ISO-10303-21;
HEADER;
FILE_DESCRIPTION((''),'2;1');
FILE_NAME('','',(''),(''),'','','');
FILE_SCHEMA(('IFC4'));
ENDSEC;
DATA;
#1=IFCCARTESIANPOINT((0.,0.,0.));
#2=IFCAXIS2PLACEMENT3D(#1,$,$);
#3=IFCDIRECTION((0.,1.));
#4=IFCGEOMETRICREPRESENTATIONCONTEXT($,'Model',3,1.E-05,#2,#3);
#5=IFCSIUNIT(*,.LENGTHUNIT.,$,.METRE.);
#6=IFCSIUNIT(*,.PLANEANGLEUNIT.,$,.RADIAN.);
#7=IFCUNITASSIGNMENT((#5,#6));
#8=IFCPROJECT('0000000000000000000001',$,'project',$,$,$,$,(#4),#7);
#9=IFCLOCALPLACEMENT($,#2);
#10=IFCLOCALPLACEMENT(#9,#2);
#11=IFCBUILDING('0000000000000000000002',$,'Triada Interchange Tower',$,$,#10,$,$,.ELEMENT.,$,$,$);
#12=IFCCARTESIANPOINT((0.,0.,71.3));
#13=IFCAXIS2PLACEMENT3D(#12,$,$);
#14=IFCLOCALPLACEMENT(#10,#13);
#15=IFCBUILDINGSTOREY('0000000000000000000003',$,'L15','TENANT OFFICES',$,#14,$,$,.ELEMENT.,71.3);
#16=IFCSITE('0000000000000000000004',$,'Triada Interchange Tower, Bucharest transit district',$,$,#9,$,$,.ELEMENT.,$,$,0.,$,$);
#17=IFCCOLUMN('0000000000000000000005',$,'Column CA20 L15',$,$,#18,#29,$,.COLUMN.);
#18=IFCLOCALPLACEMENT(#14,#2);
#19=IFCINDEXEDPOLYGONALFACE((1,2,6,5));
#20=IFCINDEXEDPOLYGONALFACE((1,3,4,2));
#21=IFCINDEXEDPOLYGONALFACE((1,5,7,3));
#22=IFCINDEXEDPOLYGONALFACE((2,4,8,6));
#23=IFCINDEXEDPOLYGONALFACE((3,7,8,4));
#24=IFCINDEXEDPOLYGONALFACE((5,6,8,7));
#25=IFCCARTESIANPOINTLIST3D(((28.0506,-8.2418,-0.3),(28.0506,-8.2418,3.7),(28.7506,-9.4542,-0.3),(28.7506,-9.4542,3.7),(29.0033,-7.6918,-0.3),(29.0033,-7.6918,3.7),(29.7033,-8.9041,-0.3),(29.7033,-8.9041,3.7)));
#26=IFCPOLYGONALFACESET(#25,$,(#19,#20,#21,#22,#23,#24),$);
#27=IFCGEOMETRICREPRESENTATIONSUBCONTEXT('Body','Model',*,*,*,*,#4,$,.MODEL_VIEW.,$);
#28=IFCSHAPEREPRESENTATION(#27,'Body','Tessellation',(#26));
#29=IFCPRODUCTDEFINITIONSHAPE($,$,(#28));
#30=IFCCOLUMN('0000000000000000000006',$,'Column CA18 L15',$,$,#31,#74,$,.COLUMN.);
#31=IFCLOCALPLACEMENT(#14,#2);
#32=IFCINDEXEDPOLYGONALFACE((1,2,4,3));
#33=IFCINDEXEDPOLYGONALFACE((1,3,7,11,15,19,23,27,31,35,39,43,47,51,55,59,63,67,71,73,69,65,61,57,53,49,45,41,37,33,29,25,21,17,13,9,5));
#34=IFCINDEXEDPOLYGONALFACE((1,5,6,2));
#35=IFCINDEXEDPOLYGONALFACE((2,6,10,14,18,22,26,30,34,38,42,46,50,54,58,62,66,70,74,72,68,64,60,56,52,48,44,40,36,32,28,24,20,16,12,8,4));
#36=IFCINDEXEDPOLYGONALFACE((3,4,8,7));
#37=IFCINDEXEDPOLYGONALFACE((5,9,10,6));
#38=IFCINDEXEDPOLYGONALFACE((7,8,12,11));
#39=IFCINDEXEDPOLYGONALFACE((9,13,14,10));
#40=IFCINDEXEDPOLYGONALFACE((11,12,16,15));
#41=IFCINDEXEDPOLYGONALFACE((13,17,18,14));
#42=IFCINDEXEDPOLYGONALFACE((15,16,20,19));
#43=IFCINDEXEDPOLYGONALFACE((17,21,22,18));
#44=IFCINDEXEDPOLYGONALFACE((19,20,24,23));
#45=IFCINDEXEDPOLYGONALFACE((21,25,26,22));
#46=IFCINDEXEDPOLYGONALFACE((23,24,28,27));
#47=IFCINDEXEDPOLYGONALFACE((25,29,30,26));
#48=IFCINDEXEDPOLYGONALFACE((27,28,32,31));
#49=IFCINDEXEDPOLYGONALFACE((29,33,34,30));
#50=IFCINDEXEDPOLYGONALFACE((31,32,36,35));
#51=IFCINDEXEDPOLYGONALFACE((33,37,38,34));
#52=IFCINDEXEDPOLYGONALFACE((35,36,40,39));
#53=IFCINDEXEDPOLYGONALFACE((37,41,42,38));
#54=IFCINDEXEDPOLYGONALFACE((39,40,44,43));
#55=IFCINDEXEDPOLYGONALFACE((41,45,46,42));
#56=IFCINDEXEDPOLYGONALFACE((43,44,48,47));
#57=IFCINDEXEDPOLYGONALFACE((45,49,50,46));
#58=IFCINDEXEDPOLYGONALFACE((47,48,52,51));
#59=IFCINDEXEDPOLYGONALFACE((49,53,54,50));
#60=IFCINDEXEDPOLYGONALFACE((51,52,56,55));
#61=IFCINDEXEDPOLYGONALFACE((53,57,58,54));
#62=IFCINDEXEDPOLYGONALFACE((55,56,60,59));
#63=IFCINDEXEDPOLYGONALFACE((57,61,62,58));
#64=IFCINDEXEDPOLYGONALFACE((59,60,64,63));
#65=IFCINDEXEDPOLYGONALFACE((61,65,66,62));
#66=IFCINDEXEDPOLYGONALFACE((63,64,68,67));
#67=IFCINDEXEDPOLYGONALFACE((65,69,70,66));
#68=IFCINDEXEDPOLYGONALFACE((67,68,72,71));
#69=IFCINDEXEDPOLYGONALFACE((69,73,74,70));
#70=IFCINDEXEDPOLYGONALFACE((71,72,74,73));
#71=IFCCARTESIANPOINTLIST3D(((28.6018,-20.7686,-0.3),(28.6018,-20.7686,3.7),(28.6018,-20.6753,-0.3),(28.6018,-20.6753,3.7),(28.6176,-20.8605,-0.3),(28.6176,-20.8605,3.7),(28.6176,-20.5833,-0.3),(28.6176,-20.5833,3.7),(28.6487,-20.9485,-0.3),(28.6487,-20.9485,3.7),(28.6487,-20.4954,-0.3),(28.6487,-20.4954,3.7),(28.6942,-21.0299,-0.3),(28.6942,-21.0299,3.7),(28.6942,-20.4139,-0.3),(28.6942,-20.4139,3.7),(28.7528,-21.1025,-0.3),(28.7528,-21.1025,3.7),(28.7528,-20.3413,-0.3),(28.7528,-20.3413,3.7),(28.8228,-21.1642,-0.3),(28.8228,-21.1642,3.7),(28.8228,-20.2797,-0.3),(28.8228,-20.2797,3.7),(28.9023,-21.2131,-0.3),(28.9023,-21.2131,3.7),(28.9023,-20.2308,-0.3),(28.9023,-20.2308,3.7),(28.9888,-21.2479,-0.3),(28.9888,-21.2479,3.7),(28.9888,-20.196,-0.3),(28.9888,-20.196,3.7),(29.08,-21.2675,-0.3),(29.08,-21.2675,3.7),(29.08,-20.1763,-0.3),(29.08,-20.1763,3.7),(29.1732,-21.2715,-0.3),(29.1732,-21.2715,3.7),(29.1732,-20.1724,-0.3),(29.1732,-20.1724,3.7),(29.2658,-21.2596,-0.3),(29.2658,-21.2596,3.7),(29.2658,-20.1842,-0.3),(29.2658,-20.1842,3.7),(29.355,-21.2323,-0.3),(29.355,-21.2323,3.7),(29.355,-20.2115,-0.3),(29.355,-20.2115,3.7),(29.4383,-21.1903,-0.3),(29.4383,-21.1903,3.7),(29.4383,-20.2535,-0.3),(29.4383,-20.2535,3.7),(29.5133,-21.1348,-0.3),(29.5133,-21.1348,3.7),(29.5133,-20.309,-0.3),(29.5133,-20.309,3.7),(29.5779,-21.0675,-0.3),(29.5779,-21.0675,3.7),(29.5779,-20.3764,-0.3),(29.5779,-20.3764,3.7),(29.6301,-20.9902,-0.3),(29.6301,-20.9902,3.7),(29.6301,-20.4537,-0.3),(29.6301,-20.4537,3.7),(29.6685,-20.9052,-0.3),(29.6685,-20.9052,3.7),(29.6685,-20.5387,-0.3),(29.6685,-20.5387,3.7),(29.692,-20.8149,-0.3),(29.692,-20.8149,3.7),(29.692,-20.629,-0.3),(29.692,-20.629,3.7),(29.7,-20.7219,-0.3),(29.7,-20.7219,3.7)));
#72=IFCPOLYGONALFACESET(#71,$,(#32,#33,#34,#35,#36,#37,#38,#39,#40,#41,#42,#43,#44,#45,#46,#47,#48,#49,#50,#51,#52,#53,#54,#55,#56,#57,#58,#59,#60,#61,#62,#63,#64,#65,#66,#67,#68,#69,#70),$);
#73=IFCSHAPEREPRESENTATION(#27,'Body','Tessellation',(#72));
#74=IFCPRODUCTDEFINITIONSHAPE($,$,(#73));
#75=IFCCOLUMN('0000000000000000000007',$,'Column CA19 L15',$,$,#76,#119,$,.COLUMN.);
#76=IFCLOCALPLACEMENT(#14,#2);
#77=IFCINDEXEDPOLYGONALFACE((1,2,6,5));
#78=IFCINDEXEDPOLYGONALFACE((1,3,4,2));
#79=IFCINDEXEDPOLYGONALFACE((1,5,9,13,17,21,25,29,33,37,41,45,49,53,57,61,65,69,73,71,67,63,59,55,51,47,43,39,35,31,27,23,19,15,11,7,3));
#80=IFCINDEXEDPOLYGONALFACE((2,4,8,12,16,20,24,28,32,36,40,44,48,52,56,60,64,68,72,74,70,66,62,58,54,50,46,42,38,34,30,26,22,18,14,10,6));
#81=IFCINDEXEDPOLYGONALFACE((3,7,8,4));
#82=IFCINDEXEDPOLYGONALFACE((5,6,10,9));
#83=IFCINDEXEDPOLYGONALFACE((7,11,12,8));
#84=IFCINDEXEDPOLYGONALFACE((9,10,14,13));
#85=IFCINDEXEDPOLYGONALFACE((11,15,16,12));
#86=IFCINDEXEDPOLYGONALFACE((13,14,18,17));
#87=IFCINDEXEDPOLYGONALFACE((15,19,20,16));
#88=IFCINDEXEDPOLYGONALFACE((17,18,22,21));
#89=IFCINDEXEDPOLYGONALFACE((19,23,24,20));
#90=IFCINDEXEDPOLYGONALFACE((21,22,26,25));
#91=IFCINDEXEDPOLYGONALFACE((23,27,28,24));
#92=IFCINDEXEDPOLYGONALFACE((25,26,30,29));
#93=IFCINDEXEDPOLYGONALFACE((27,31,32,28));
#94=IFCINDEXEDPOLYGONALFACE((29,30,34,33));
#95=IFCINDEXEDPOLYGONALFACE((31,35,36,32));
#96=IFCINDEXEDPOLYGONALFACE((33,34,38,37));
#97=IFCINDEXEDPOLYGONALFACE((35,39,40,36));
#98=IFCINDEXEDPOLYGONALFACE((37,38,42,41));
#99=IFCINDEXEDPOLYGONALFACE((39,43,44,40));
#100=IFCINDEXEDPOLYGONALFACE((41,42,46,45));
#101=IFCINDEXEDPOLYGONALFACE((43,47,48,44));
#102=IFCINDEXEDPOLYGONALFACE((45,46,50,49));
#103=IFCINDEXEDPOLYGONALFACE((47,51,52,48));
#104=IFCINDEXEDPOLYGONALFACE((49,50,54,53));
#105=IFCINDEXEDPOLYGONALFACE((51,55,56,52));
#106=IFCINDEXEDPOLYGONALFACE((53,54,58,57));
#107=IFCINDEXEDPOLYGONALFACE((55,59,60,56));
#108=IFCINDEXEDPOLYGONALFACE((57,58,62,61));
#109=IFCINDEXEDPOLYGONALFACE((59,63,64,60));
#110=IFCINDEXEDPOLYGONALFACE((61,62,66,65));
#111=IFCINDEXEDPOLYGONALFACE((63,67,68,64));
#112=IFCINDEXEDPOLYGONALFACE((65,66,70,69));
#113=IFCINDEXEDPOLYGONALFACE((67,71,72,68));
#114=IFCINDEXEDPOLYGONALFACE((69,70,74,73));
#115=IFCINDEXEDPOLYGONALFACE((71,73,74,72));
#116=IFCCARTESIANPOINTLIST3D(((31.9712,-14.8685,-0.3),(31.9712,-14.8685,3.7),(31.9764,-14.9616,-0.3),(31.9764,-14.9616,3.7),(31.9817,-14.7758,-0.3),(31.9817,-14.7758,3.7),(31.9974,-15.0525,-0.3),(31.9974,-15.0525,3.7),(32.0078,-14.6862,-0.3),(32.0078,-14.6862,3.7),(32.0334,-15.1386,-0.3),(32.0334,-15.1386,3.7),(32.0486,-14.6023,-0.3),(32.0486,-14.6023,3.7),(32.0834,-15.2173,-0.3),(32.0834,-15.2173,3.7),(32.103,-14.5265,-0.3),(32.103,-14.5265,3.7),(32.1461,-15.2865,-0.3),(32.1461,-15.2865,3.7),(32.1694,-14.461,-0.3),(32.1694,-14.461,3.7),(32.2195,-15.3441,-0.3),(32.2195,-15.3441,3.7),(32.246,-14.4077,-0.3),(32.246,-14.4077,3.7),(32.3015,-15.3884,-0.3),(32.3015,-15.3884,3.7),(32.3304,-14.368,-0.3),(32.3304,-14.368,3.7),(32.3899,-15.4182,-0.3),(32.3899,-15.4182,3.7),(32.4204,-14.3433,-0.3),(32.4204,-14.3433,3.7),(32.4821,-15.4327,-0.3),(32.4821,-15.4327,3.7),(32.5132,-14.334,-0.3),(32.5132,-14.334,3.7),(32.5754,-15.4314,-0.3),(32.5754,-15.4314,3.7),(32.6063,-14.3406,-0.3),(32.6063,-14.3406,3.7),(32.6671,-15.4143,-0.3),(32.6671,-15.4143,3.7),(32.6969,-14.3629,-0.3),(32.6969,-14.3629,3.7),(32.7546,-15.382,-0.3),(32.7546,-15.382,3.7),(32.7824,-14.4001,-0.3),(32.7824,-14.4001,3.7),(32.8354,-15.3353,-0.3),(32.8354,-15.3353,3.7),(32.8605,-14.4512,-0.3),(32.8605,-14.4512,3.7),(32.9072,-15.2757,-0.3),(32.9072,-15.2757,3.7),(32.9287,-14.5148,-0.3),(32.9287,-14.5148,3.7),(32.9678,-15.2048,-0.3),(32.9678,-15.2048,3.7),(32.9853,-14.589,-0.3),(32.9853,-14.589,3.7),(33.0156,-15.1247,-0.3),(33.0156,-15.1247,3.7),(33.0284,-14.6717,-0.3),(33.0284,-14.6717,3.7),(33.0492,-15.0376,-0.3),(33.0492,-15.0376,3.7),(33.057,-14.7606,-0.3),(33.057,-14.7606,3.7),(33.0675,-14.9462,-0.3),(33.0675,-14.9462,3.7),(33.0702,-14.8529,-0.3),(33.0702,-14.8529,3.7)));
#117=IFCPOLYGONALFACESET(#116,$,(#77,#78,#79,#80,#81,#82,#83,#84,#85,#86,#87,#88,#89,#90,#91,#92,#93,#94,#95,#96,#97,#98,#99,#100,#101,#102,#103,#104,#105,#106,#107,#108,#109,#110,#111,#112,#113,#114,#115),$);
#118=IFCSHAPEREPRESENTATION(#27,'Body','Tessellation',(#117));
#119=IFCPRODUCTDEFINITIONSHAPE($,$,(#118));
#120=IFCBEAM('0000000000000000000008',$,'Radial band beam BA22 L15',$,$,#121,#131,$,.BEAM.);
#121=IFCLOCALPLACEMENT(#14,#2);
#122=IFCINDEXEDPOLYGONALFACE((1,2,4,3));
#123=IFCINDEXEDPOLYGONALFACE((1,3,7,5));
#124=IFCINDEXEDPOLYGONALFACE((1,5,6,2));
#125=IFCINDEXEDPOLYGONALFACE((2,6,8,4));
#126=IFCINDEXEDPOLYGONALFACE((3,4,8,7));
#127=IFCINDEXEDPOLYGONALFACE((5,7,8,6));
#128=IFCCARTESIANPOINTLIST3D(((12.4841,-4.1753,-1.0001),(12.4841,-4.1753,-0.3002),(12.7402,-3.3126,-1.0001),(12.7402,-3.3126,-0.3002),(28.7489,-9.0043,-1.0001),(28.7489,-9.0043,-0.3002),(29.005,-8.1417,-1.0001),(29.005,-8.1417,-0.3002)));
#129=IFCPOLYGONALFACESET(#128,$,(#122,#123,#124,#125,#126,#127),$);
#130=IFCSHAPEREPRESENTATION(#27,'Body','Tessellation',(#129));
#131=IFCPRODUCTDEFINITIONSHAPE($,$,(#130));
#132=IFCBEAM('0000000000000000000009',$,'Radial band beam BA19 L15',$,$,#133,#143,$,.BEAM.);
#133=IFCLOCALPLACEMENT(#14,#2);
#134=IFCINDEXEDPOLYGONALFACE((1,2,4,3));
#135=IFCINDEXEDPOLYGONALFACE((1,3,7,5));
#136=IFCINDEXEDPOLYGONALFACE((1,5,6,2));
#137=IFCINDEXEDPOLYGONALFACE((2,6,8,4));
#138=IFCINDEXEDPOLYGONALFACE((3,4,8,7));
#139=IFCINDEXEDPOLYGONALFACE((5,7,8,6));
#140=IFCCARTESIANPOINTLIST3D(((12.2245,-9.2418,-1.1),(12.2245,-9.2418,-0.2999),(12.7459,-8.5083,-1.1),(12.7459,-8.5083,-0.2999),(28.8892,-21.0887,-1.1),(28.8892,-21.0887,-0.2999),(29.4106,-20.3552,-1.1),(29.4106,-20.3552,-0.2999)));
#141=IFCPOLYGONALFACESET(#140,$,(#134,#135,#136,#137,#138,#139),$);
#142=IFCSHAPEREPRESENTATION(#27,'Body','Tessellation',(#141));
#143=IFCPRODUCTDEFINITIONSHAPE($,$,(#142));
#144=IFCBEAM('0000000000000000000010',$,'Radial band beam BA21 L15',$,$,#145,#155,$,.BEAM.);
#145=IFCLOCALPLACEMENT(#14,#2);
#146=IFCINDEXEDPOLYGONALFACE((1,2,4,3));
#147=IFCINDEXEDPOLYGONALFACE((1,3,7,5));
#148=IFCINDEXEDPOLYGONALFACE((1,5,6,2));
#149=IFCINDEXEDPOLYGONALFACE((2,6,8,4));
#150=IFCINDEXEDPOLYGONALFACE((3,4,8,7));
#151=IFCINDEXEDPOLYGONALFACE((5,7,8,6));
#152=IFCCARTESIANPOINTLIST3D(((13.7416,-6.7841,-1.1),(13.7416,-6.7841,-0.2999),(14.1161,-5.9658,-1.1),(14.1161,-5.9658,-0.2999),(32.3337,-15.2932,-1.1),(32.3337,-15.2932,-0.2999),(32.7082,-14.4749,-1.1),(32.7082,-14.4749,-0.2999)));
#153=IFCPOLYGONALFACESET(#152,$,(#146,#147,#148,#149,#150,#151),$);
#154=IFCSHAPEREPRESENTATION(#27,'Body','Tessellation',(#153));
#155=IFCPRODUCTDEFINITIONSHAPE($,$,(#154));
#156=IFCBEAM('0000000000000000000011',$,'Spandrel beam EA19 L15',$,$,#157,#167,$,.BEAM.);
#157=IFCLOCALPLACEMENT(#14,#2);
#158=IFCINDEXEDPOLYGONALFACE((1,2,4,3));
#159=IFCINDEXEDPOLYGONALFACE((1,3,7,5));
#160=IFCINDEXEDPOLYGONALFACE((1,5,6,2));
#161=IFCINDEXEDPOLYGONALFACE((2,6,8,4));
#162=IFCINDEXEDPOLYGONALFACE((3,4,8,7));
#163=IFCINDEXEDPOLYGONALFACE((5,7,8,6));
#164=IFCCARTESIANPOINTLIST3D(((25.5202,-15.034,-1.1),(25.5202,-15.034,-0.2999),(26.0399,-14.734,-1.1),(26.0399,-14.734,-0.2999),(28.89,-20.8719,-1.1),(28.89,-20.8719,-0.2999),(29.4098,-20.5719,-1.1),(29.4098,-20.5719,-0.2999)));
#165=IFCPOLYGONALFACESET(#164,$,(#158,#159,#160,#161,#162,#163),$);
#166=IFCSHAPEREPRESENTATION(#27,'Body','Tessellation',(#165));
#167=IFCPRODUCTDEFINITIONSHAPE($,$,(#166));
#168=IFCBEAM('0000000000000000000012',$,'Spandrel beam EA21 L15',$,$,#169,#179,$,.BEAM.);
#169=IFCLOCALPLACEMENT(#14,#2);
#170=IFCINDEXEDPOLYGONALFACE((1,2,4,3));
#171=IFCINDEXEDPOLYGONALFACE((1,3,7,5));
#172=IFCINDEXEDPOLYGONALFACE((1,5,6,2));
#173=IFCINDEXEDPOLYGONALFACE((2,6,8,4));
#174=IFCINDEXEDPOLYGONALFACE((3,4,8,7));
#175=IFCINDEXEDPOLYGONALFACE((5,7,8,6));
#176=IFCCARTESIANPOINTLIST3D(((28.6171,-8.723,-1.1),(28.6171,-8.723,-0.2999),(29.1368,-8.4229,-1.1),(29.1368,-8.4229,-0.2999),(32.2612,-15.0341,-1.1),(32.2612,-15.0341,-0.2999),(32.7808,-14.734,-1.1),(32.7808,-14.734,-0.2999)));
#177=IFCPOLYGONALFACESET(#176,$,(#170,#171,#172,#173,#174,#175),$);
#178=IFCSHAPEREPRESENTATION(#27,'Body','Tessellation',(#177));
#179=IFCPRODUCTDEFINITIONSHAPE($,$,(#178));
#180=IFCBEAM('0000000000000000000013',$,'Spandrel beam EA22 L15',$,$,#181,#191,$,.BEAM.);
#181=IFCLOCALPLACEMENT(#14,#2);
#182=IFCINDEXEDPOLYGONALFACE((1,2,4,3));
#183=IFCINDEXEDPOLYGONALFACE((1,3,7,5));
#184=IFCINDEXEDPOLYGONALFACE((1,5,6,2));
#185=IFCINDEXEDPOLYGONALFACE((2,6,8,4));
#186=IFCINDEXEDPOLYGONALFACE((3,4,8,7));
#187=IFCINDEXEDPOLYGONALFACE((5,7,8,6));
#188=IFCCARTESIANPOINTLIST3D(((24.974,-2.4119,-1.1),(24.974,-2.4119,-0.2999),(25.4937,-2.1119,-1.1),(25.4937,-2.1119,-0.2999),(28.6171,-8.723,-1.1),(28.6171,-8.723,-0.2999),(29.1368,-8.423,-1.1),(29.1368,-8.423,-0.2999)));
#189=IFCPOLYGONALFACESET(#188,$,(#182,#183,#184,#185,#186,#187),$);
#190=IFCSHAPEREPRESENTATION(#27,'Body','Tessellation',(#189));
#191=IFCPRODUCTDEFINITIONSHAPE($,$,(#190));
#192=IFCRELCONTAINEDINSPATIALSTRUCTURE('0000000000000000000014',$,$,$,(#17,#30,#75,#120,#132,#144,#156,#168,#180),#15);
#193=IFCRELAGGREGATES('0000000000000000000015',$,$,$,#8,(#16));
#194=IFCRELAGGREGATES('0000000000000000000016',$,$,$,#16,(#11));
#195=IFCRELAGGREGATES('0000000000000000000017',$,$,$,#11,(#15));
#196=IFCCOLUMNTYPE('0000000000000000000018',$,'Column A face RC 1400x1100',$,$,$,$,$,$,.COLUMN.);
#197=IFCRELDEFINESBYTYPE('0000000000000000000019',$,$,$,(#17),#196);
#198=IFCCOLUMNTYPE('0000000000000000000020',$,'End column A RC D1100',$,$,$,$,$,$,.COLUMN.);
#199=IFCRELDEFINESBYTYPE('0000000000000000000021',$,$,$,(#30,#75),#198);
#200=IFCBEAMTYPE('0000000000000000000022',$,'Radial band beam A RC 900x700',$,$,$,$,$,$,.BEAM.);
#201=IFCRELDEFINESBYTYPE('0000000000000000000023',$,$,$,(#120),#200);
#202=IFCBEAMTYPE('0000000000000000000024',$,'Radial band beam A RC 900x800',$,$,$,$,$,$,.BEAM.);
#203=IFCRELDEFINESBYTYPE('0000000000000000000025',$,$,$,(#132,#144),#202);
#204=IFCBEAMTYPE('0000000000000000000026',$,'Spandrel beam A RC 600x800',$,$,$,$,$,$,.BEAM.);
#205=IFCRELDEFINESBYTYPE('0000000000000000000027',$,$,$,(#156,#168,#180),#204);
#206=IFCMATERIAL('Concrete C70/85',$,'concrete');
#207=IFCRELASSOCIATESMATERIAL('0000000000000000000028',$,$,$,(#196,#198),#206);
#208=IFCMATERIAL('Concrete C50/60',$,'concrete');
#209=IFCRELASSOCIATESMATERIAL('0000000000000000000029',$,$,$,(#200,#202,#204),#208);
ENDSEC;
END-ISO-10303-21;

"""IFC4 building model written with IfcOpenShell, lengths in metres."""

from ifc_helpers import new_model, si_unit, direction, frame, origin, origin_2d, place, context, subcontext, project, spatial, rectangle, circle, extrude, material, material_profile, profile_set, type_object, element, save


model = new_model("IFC4")

# Units and contexts
model_context = context("Model", 3, precision=1e-05, world=origin(), true_north=direction((0.0, 1.0)))
body_context = subcontext(model_context, "Body", "Model", "MODEL_VIEW")
ifc_project = project(units=[si_unit("LENGTHUNIT", "METRE"), si_unit("PLANEANGLEUNIT", "RADIAN")], contexts=[model_context])

# Site, building, storey
site_placement = place(None, origin())
site = spatial("IfcSite", under=ifc_project, at=site_placement, Name="Triada Interchange Tower, Bucharest transit district", CompositionType="ELEMENT", RefElevation=0.0)
building_placement = place(site_placement, origin())
building = spatial("IfcBuilding", under=site, at=building_placement, Name="Triada Interchange Tower", CompositionType="ELEMENT")
storey_placement = place(building_placement, frame((0.0, 0.0, 71.3)))
storey = spatial("IfcBuildingStorey", under=building, at=storey_placement, Name="L15", Description="TENANT OFFICES", CompositionType="ELEMENT", Elevation=71.3)

# Columns
ifc_material_1 = material(Name="Concrete C70/85", Category="concrete")
ifc_material_profile_1 = material_profile(ifc_material_1, rectangle(XDim=1.3999, YDim=1.1001, at=origin_2d()), Name="RC 1400x1100")
ifc_profile_set_1 = profile_set([ifc_material_profile_1], Name="Concrete C70/85")
column_type_1 = type_object("IfcColumnType", Name="Column A face RC 1400x1100", PredefinedType="COLUMN", material=ifc_profile_set_1)
column_placement = place(storey_placement, frame((28.877, -8.573, -0.3), z_axis=(0.0, 0.0, 1.0), x_axis=(-0.5, 0.866025, 0.0)))
element("IfcColumn", 1, at=column_placement, inside=storey, type_object=column_type_1, Name="Column CA20 L15", PredefinedType="COLUMN", context=body_context, shape_type="SweptSolid", body=[
    extrude(rectangle(XDim=1.3999, YDim=1.1001, at=origin_2d()), origin(), (0.0, 0.0, 1.0), 4.0),
])
ifc_material_profile_2 = material_profile(ifc_material_1, circle(Radius=0.55, at=origin_2d()), Name="RC D1100")
ifc_profile_set_2 = profile_set([ifc_material_profile_2], Name="Concrete C70/85")
column_type_2 = type_object("IfcColumnType", Name="End column A RC D1100", PredefinedType="COLUMN", material=ifc_profile_set_2)
for number, where, z_axis, x_axis, name in (
    (2, (29.1499, -20.7219, -0.3), (0.0, 0.0, 1.0), (1.0, 0.0, 0.0), "Column CA18 L15"),
    (3, (32.521, -14.884, -0.3), (0.0, 0.0, 1.0), (-0.5, 0.866025, 0.0), "Column CA19 L15"),
):
    element("IfcColumn", number, at=place(storey_placement, frame(where, z_axis=z_axis, x_axis=x_axis)), inside=storey, type_object=column_type_2, Name=name, PredefinedType="COLUMN", context=body_context, shape_type="SweptSolid", body=[
        extrude(circle(Radius=0.55, at=origin_2d()), origin(), (0.0, 0.0, 1.0), 4.0),
    ])

# Beams
ifc_material_2 = material(Name="Concrete C50/60", Category="concrete")
ifc_material_profile_3 = material_profile(ifc_material_2, rectangle(XDim=0.8999, YDim=0.7, at=origin_2d()), Name="RC 900x700")
ifc_profile_set_3 = profile_set([ifc_material_profile_3], Name="Concrete C50/60")
beam_type_1 = type_object("IfcBeamType", Name="Radial band beam A RC 900x700", PredefinedType="BEAM", material=ifc_profile_set_3)
beam_1_placement = place(storey_placement, frame((28.877, -8.573, -0.6501), z_axis=(-0.958639, 0.284623, 0.0), x_axis=(-0.284623, -0.958639, 0.0)))
element("IfcBeam", 4, at=beam_1_placement, inside=storey, type_object=beam_type_1, Name="Radial band beam BA22 L15", PredefinedType="BEAM", context=body_context, shape_type="SweptSolid", body=[
    extrude(rectangle(XDim=0.8999, YDim=0.7, at=origin_2d()), origin(), (0.0, 0.0, 1.0), 16.9666),
])
ifc_material_profile_4 = material_profile(ifc_material_2, rectangle(XDim=0.8999, YDim=0.8, at=origin_2d()), Name="RC 900x800")
ifc_profile_set_4 = profile_set([ifc_material_profile_4], Name="Concrete C50/60")
beam_type_2 = type_object("IfcBeamType", Name="Radial band beam A RC 900x800", PredefinedType="BEAM", material=ifc_profile_set_4)
beam_2_placement = place(storey_placement, frame((29.1499, -20.7219, -0.7), z_axis=(-0.815038, 0.579407, 0.0), x_axis=(-0.579407, -0.815038, 0.0)))
element("IfcBeam", 5, at=beam_2_placement, inside=storey, type_object=beam_type_2, Name="Radial band beam BA19 L15", PredefinedType="BEAM", context=body_context, shape_type="SweptSolid", body=[
    extrude(rectangle(XDim=0.8999, YDim=0.8, at=origin_2d()), origin(), (0.0, 0.0, 1.0), 20.4465),
])
beam_3_placement = place(storey_placement, frame((32.521, -14.884, -0.7), z_axis=(-0.909293, 0.416157, 0.0), x_axis=(-0.416157, -0.909293, 0.0)))
element("IfcBeam", 6, at=beam_3_placement, inside=storey, type_object=beam_type_2, Name="Radial band beam BA21 L15", PredefinedType="BEAM", context=body_context, shape_type="SweptSolid", body=[
    extrude(rectangle(XDim=0.8999, YDim=0.8, at=origin_2d()), origin(), (0.0, 0.0, 1.0), 20.4468),
])
ifc_material_profile_5 = material_profile(ifc_material_2, rectangle(XDim=0.6001, YDim=0.8, at=origin_2d()), Name="RC 600x800")
ifc_profile_set_5 = profile_set([ifc_material_profile_5], Name="Concrete C50/60")
beam_type_3 = type_object("IfcBeamType", Name="Spandrel beam A RC 600x800", PredefinedType="BEAM", material=ifc_profile_set_5)
beam_4_placement = place(storey_placement, frame((29.1499, -20.7219, -0.7), z_axis=(-0.499929, 0.866066, 0.0), x_axis=(-0.866066, -0.499929, 0.0)))
element("IfcBeam", 7, at=beam_4_placement, inside=storey, type_object=beam_type_3, Name="Spandrel beam EA19 L15", PredefinedType="BEAM", context=body_context, shape_type="SweptSolid", body=[
    extrude(rectangle(XDim=0.6001, YDim=0.8, at=origin_2d()), origin(), (0.0, 0.0, 1.0), 6.7407),
])
beam_5_placement = place(storey_placement, frame((32.521, -14.884, -0.7), z_axis=(-0.500038, 0.866004, 0.0), x_axis=(-0.866004, -0.500038, 0.0)))
element("IfcBeam", 8, at=beam_5_placement, inside=storey, type_object=beam_type_3, Name="Spandrel beam EA21 L15", PredefinedType="BEAM", context=body_context, shape_type="SweptSolid", body=[
    extrude(rectangle(XDim=0.6001, YDim=0.8, at=origin_2d()), origin(), (0.0, 0.0, 1.0), 7.2876),
])
beam_6_placement = place(storey_placement, frame((28.877, -8.573, -0.7), z_axis=(-0.499937, 0.866062, 0.0), x_axis=(-0.866062, -0.499937, 0.0)))
element("IfcBeam", 9, at=beam_6_placement, inside=storey, type_object=beam_type_3, Name="Spandrel beam EA22 L15", PredefinedType="BEAM", context=body_context, shape_type="SweptSolid", body=[
    extrude(rectangle(XDim=0.6001, YDim=0.8, at=origin_2d()), origin(), (0.0, 0.0, 1.0), 7.2871),
])

save(model, "model.ifc")
